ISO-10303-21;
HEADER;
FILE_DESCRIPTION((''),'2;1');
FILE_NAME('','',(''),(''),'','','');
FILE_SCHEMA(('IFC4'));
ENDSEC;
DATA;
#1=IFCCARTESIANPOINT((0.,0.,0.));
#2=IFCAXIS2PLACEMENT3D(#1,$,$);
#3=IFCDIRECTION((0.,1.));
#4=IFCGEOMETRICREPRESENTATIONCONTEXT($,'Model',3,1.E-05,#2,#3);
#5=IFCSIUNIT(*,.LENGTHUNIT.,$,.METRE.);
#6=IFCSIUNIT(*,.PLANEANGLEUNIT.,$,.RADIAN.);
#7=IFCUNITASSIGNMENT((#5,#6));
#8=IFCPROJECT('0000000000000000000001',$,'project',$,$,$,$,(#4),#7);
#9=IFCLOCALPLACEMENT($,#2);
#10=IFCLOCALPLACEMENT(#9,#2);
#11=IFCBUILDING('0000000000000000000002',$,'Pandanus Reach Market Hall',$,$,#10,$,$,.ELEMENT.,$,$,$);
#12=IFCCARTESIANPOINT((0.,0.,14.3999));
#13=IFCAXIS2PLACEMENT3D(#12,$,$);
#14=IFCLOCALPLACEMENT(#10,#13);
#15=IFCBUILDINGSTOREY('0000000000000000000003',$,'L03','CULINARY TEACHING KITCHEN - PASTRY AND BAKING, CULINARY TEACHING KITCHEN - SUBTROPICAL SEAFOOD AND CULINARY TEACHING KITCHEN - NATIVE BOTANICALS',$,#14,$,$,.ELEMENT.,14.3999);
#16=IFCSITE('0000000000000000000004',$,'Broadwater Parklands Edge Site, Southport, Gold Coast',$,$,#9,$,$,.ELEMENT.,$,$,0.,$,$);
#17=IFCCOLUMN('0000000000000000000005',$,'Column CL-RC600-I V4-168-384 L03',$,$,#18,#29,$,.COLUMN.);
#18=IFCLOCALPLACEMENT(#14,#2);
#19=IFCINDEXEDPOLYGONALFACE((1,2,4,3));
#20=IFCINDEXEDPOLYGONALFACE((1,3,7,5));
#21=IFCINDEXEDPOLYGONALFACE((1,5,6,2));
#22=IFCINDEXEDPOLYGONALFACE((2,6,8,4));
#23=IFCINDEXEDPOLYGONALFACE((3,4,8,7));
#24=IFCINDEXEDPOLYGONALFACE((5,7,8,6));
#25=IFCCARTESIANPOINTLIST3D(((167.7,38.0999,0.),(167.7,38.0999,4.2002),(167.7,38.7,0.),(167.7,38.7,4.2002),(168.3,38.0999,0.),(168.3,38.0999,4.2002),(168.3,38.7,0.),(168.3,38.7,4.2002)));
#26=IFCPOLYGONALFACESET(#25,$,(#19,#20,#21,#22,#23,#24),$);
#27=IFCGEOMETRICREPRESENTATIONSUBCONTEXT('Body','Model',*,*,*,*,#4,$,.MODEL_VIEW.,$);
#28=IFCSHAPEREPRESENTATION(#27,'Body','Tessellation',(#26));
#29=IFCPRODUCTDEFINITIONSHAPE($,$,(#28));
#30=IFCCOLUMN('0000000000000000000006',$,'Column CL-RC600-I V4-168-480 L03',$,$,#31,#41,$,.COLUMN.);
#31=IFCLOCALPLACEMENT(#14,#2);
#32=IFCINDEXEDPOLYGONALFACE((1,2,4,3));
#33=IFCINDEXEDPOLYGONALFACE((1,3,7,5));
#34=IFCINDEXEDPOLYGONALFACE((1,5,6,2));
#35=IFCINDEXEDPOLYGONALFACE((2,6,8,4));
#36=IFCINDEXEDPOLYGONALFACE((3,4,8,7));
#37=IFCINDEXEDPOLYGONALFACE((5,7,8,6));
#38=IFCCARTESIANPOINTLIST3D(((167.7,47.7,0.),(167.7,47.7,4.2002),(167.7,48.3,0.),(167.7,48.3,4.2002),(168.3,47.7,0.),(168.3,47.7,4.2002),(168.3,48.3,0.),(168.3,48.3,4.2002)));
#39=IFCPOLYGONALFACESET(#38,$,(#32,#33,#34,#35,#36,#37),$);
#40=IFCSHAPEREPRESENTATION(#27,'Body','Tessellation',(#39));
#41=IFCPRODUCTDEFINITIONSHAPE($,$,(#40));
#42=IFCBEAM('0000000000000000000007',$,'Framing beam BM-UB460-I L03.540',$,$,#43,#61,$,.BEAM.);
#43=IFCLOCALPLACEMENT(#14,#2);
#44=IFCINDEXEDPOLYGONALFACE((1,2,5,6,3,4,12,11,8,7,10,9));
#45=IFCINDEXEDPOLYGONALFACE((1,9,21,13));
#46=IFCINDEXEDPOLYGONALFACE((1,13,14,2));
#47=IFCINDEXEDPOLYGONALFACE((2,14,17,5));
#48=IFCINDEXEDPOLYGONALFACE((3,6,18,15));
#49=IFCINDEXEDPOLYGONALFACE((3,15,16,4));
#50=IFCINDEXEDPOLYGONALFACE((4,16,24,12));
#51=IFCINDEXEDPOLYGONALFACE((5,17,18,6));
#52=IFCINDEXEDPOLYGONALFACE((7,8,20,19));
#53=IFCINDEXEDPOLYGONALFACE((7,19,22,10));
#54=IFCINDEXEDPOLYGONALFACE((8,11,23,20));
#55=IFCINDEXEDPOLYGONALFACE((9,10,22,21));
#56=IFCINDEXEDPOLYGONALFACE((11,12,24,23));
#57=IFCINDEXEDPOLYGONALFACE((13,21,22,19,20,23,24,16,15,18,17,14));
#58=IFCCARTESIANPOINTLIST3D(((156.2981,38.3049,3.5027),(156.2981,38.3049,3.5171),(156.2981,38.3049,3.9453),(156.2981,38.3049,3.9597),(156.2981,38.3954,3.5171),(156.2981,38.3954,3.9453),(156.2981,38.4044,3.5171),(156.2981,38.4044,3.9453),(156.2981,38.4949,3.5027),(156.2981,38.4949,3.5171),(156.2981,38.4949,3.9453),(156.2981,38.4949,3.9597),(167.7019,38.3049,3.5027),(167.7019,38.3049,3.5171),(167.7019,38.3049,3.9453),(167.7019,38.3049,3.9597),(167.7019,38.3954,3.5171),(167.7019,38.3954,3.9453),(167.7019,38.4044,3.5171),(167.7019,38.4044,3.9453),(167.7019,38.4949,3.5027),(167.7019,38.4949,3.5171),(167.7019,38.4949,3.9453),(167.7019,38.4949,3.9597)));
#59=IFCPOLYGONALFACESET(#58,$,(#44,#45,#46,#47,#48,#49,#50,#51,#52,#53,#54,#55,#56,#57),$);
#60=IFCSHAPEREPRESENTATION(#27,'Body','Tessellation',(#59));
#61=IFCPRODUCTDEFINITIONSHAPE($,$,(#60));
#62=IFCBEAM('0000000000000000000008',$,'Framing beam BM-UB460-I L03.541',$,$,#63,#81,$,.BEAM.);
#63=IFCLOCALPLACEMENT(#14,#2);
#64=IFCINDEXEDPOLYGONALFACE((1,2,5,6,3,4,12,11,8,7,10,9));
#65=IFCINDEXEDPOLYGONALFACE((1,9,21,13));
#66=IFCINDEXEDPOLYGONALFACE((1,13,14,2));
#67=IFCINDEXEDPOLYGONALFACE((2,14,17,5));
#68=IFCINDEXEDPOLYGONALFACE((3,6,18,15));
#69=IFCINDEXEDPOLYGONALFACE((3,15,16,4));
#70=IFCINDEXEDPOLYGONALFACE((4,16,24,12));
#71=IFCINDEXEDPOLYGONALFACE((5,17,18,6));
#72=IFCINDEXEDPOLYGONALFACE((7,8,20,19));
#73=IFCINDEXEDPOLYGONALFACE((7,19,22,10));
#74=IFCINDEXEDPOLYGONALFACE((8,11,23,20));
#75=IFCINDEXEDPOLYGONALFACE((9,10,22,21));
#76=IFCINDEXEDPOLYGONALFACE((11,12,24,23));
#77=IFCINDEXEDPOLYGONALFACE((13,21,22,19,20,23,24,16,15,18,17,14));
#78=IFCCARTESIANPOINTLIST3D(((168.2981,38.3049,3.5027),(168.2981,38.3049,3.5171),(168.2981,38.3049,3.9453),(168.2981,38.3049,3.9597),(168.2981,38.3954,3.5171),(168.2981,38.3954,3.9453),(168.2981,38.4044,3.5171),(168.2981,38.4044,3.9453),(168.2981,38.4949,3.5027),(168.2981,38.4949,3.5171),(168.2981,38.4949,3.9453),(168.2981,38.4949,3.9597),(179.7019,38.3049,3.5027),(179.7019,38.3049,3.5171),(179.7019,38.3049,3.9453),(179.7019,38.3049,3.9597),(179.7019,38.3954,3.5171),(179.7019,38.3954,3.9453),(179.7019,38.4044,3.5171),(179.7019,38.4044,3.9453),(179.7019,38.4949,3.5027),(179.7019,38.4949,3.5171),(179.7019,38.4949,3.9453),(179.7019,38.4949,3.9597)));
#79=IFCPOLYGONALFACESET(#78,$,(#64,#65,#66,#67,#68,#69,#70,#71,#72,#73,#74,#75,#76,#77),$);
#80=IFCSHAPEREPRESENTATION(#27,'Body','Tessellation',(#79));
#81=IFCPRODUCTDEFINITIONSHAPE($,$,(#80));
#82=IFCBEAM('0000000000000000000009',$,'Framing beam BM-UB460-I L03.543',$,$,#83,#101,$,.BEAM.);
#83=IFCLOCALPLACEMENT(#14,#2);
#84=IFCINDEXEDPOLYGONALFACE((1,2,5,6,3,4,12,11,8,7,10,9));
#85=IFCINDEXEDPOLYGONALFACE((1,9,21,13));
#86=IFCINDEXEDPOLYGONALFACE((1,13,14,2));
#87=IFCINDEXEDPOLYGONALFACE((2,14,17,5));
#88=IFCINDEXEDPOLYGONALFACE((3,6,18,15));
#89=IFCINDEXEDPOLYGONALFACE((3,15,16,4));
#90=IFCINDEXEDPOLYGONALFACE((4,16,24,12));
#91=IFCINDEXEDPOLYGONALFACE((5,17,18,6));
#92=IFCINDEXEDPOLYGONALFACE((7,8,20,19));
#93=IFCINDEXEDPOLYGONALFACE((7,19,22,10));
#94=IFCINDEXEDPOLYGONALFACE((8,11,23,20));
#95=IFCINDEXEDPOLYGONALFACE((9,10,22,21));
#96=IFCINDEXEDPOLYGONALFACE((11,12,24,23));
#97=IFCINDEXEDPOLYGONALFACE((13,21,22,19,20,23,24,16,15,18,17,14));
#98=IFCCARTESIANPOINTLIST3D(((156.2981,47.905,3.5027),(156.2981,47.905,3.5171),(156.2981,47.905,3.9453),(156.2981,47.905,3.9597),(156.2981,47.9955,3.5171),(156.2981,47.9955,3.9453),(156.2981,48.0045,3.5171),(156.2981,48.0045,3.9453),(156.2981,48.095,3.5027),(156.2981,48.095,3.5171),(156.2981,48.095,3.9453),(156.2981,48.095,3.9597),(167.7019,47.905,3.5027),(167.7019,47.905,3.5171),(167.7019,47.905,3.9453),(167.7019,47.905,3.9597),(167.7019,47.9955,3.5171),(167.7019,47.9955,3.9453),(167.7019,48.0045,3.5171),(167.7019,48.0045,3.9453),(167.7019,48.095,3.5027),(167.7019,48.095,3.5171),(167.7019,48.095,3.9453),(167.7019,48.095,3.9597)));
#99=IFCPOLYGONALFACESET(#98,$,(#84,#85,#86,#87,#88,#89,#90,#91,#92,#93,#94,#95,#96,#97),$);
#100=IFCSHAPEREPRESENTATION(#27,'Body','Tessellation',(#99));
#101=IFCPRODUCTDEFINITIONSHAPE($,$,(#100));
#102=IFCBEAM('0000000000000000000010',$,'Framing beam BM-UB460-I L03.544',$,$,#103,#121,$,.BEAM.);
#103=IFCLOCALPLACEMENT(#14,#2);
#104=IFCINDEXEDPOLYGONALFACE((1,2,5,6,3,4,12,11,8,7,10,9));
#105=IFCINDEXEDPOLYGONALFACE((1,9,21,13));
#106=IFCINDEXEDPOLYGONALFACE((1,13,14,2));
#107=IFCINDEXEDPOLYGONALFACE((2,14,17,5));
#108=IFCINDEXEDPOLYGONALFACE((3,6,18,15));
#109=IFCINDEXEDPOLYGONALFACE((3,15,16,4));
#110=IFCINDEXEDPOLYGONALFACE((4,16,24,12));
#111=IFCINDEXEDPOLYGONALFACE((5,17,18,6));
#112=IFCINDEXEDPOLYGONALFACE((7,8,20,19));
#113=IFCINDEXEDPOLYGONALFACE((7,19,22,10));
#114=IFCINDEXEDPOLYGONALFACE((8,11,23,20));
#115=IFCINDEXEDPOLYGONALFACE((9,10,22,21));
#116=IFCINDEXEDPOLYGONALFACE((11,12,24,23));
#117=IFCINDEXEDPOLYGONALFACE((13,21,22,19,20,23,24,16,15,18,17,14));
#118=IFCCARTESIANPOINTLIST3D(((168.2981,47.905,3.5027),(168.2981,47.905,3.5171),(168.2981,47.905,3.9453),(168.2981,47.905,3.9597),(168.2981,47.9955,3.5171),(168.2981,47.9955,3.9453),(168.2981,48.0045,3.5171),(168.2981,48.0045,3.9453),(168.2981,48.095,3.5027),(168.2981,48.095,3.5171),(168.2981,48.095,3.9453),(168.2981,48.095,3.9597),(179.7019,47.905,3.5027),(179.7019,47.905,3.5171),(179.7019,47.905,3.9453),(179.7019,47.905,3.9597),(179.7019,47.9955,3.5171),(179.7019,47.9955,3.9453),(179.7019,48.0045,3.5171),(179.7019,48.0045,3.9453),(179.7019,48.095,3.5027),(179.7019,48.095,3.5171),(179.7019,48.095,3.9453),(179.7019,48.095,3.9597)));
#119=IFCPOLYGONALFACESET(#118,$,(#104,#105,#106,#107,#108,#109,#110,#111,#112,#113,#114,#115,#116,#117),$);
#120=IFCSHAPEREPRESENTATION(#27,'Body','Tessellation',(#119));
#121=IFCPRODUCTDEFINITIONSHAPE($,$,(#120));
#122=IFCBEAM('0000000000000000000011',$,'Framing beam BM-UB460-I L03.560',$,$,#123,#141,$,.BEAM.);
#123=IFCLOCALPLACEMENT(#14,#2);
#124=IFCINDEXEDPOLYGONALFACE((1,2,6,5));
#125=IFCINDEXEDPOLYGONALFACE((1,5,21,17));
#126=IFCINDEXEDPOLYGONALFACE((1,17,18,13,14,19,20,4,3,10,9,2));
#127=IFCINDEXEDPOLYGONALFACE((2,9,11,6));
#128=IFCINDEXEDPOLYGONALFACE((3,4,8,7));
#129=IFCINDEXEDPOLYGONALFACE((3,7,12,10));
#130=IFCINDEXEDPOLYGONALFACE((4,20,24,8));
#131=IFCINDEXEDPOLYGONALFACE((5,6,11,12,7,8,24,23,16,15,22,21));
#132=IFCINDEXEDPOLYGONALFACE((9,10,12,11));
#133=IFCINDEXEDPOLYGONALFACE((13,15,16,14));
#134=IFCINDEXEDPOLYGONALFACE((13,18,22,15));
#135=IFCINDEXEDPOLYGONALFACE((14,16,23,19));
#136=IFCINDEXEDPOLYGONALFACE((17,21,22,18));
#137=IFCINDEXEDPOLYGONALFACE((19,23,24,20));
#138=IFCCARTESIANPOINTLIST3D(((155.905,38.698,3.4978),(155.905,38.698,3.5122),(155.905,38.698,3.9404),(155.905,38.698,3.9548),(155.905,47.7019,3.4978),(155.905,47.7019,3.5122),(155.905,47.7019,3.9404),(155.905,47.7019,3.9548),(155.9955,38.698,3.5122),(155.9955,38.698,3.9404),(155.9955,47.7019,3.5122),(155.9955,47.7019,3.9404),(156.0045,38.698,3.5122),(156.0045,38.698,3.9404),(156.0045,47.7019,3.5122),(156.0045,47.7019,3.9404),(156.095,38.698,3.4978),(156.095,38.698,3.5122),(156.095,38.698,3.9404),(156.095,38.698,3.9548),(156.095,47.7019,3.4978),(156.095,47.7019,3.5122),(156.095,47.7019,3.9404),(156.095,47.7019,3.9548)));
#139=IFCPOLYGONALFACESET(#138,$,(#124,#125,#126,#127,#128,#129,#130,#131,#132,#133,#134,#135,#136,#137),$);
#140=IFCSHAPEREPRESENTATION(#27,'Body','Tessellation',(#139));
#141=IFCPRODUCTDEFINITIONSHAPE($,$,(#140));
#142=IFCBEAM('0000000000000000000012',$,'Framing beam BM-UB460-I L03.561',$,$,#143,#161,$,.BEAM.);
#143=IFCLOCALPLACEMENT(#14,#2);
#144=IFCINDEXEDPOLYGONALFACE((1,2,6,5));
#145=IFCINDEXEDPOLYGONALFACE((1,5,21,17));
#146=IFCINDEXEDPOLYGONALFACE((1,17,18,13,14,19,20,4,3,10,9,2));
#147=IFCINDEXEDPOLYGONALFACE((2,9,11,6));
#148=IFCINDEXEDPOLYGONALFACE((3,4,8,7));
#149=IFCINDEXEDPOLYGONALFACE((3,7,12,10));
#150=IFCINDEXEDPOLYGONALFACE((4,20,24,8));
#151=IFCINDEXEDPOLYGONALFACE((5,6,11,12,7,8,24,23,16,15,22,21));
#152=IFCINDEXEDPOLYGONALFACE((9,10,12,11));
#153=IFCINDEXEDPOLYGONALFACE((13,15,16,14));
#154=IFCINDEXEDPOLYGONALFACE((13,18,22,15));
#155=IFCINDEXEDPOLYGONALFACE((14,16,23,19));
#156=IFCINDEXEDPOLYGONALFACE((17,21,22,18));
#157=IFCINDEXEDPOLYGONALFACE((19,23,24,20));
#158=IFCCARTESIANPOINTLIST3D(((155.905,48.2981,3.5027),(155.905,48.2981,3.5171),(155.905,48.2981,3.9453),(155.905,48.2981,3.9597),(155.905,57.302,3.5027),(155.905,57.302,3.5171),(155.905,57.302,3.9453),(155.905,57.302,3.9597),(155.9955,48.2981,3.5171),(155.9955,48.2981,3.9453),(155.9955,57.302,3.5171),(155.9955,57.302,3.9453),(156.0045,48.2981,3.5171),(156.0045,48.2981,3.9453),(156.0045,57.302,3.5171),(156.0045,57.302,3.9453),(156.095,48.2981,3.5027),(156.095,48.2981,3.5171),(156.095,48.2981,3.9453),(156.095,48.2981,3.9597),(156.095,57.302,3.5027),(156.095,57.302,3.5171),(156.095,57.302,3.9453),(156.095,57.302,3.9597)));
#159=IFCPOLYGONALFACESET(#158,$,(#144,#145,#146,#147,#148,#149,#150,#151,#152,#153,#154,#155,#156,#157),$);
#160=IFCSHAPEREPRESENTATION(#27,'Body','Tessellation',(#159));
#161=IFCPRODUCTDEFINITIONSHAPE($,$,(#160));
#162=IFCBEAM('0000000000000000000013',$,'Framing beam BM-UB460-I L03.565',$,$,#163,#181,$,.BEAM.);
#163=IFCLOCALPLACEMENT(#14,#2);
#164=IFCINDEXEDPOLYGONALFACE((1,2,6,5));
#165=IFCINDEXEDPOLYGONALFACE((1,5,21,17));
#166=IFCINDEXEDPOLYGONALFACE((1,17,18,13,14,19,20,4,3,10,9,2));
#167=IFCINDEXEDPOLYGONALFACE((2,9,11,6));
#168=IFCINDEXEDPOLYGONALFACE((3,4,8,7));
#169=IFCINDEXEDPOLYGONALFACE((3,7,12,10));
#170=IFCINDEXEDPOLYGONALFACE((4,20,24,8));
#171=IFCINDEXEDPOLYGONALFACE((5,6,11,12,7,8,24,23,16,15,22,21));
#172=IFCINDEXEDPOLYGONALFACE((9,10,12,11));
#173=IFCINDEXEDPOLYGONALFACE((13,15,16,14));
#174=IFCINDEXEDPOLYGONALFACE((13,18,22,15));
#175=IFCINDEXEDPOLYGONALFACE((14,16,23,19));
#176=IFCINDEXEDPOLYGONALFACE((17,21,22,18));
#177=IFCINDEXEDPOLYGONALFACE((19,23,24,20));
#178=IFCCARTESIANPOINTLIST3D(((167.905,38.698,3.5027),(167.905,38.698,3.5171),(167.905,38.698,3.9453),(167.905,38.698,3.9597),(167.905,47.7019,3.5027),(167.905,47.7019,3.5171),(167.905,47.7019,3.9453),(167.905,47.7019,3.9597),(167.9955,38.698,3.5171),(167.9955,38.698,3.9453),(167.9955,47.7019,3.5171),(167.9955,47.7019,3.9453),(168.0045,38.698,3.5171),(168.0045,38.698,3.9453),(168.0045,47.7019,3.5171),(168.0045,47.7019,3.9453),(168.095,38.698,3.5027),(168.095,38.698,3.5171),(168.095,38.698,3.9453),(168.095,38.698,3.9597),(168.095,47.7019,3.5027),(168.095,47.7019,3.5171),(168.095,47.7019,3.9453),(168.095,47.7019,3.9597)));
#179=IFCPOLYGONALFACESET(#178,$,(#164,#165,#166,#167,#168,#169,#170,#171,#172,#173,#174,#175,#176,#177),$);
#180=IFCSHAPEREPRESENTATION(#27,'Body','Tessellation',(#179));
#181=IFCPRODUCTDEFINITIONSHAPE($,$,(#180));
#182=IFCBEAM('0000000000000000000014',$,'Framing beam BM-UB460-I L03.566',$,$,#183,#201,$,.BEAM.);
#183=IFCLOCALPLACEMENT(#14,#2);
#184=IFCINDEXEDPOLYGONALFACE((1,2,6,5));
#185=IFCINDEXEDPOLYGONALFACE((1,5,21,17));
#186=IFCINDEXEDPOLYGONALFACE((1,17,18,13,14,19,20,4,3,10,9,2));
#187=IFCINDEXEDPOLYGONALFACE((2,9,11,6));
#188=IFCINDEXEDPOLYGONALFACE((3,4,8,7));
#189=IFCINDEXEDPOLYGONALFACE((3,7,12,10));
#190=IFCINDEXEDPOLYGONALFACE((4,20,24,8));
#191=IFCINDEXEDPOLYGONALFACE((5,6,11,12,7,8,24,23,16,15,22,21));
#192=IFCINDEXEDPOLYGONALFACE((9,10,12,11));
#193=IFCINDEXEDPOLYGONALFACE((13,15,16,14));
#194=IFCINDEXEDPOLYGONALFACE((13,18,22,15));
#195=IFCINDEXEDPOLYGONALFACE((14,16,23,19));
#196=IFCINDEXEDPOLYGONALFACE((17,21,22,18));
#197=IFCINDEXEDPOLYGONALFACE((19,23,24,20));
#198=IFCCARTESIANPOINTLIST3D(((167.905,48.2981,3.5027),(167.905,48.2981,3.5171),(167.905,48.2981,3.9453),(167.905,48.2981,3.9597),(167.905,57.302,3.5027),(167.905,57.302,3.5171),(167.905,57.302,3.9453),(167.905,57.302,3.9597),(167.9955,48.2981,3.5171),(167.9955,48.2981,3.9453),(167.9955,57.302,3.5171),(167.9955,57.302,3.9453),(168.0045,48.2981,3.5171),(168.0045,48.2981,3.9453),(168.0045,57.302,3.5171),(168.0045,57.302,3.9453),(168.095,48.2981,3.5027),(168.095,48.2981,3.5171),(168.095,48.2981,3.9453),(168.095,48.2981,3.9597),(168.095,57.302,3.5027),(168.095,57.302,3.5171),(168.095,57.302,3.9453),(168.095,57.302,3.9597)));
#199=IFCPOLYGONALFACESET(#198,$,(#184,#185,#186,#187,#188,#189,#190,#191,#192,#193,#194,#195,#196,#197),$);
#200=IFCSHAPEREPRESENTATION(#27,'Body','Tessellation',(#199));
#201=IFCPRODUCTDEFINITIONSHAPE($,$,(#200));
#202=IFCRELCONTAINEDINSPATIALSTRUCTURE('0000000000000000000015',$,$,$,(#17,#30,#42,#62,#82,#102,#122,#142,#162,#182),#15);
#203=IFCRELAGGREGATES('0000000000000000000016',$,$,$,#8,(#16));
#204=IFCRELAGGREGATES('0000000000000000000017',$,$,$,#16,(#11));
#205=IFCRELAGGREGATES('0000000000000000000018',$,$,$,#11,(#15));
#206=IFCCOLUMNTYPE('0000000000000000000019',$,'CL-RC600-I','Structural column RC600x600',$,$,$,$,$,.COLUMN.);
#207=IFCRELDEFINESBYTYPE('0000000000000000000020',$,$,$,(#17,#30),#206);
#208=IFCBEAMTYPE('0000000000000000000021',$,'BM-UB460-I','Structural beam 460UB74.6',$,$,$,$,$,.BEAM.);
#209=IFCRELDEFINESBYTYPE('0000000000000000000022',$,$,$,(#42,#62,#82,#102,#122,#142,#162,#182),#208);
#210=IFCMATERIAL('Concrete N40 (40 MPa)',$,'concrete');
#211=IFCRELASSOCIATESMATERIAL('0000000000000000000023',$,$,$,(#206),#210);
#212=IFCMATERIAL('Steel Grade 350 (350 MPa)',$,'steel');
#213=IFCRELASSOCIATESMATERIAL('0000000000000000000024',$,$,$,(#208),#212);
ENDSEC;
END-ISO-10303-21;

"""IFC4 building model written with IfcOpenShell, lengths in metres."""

from ifc_helpers import new_model, si_unit, direction, frame, origin, origin_2d, place, context, subcontext, project, spatial, rectangle, i_section, extrude, material, material_profile, profile_set, type_object, element, save


model = new_model("IFC4")

# Units and contexts
model_context = context("Model", 3, precision=1e-05, world=origin(), true_north=direction((0.0, 1.0)))
body_context = subcontext(model_context, "Body", "Model", "MODEL_VIEW")
ifc_project = project(units=[si_unit("LENGTHUNIT", "METRE"), si_unit("PLANEANGLEUNIT", "RADIAN")], contexts=[model_context])

# Site, building, storey
site_placement = place(None, origin())
site = spatial("IfcSite", under=ifc_project, at=site_placement, Name="Broadwater Parklands Edge Site, Southport, Gold Coast", CompositionType="ELEMENT", RefElevation=0.0)
building_placement = place(site_placement, origin())
building = spatial("IfcBuilding", under=site, at=building_placement, Name="Pandanus Reach Market Hall", CompositionType="ELEMENT")
storey_placement = place(building_placement, frame((0.0, 0.0, 14.3999)))
storey = spatial("IfcBuildingStorey", under=building, at=storey_placement, Name="L03", Description="CULINARY TEACHING KITCHEN - PASTRY AND BAKING, CULINARY TEACHING KITCHEN - SUBTROPICAL SEAFOOD AND CULINARY TEACHING KITCHEN - NATIVE BOTANICALS", CompositionType="ELEMENT", Elevation=14.3999)

# Columns
ifc_material_1 = material(Name="Concrete N40 (40 MPa)", Category="concrete")
ifc_material_profile_1 = material_profile(ifc_material_1, rectangle(XDim=0.6001, YDim=0.6001, at=origin_2d()), Name="RC600x600", Category="LoadBearing")
ifc_profile_set_1 = profile_set([ifc_material_profile_1], Name="Concrete N40 (40 MPa)")
column_type = type_object("IfcColumnType", Name="CL-RC600-I", Description="Structural column RC600x600", PredefinedType="COLUMN", material=ifc_profile_set_1)
for number, where, z_axis, x_axis, name in (
    (1, (168.0, 38.3999, 0.0), (0.0, 0.0, 1.0), (1.0, 0.0, 0.0), "Column CL-RC600-I V4-168-384 L03"),
    (2, (168.0, 48.0, 0.0), (0.0, 0.0, 1.0), (1.0, 0.0, 0.0), "Column CL-RC600-I V4-168-480 L03"),
):
    element("IfcColumn", number, at=place(storey_placement, frame(where, z_axis=z_axis, x_axis=x_axis)), inside=storey, type_object=column_type, Name=name, PredefinedType="COLUMN", context=body_context, shape_type="SweptSolid", body=[
        extrude(rectangle(XDim=0.6001, YDim=0.6001, at=origin_2d()), origin(), (0.0, 0.0, 1.0), 4.2002),
    ])

# Beams
ifc_material_2 = material(Name="Steel Grade 350 (350 MPa)", Category="steel")
ifc_material_profile_2 = material_profile(ifc_material_2, i_section(OverallWidth=0.1899, OverallDepth=0.457, WebThickness=0.009, FlangeThickness=0.0144, at=origin_2d()), Name="460UB74.6", Category="LoadBearing")
ifc_profile_set_2 = profile_set([ifc_material_profile_2], Name="Steel Grade 350 (350 MPa)")
beam_type_1 = type_object("IfcBeamType", Name="BM-UB460-I", Description="Structural beam 460UB74.6", PredefinedType="BEAM", material=ifc_profile_set_2)
for number, where, z_axis, x_axis, name in (
    (3, (156.2981, 38.3999, 3.7312), (1.0, 0.0, 0.0), (0.0, 1.0, 0.0), "Framing beam BM-UB460-I L03.540"),
    (4, (168.2981, 38.3999, 3.7312), (1.0, 0.0, 0.0), (0.0, 1.0, 0.0), "Framing beam BM-UB460-I L03.541"),
    (5, (156.2981, 48.0, 3.7312), (1.0, 0.0, 0.0), (0.0, 1.0, 0.0), "Framing beam BM-UB460-I L03.543"),
    (6, (168.2981, 48.0, 3.7312), (1.0, 0.0, 0.0), (0.0, 1.0, 0.0), "Framing beam BM-UB460-I L03.544"),
):
    element("IfcBeam", number, at=place(storey_placement, frame(where, z_axis=z_axis, x_axis=x_axis)), inside=storey, type_object=beam_type_1, Name=name, PredefinedType="BEAM", context=body_context, shape_type="SweptSolid", body=[
        extrude(i_section(OverallWidth=0.1899, OverallDepth=0.457, WebThickness=0.009, FlangeThickness=0.0144, at=origin_2d()), origin(), (0.0, 0.0, 1.0), 11.4038),
    ])
for number, where, z_axis, x_axis, name in (
    (7, (156.0, 38.698, 3.7263), (0.0, 1.0, 0.0), (-1.0, 0.0, 0.0), "Framing beam BM-UB460-I L03.560"),
    (8, (156.0, 48.2981, 3.7312), (0.0, 1.0, 0.0), (-1.0, 0.0, 0.0), "Framing beam BM-UB460-I L03.561"),
    (9, (168.0, 38.698, 3.7312), (0.0, 1.0, 0.0), (-1.0, 0.0, 0.0), "Framing beam BM-UB460-I L03.565"),
    (10, (168.0, 48.2981, 3.7312), (0.0, 1.0, 0.0), (-1.0, 0.0, 0.0), "Framing beam BM-UB460-I L03.566"),
):
    element("IfcBeam", number, at=place(storey_placement, frame(where, z_axis=z_axis, x_axis=x_axis)), inside=storey, type_object=beam_type_1, Name=name, PredefinedType="BEAM", context=body_context, shape_type="SweptSolid", body=[
        extrude(i_section(OverallWidth=0.1899, OverallDepth=0.457, WebThickness=0.009, FlangeThickness=0.0144, at=origin_2d()), origin(), (0.0, 0.0, 1.0), 9.0039),
    ])

save(model, "model.ifc")
